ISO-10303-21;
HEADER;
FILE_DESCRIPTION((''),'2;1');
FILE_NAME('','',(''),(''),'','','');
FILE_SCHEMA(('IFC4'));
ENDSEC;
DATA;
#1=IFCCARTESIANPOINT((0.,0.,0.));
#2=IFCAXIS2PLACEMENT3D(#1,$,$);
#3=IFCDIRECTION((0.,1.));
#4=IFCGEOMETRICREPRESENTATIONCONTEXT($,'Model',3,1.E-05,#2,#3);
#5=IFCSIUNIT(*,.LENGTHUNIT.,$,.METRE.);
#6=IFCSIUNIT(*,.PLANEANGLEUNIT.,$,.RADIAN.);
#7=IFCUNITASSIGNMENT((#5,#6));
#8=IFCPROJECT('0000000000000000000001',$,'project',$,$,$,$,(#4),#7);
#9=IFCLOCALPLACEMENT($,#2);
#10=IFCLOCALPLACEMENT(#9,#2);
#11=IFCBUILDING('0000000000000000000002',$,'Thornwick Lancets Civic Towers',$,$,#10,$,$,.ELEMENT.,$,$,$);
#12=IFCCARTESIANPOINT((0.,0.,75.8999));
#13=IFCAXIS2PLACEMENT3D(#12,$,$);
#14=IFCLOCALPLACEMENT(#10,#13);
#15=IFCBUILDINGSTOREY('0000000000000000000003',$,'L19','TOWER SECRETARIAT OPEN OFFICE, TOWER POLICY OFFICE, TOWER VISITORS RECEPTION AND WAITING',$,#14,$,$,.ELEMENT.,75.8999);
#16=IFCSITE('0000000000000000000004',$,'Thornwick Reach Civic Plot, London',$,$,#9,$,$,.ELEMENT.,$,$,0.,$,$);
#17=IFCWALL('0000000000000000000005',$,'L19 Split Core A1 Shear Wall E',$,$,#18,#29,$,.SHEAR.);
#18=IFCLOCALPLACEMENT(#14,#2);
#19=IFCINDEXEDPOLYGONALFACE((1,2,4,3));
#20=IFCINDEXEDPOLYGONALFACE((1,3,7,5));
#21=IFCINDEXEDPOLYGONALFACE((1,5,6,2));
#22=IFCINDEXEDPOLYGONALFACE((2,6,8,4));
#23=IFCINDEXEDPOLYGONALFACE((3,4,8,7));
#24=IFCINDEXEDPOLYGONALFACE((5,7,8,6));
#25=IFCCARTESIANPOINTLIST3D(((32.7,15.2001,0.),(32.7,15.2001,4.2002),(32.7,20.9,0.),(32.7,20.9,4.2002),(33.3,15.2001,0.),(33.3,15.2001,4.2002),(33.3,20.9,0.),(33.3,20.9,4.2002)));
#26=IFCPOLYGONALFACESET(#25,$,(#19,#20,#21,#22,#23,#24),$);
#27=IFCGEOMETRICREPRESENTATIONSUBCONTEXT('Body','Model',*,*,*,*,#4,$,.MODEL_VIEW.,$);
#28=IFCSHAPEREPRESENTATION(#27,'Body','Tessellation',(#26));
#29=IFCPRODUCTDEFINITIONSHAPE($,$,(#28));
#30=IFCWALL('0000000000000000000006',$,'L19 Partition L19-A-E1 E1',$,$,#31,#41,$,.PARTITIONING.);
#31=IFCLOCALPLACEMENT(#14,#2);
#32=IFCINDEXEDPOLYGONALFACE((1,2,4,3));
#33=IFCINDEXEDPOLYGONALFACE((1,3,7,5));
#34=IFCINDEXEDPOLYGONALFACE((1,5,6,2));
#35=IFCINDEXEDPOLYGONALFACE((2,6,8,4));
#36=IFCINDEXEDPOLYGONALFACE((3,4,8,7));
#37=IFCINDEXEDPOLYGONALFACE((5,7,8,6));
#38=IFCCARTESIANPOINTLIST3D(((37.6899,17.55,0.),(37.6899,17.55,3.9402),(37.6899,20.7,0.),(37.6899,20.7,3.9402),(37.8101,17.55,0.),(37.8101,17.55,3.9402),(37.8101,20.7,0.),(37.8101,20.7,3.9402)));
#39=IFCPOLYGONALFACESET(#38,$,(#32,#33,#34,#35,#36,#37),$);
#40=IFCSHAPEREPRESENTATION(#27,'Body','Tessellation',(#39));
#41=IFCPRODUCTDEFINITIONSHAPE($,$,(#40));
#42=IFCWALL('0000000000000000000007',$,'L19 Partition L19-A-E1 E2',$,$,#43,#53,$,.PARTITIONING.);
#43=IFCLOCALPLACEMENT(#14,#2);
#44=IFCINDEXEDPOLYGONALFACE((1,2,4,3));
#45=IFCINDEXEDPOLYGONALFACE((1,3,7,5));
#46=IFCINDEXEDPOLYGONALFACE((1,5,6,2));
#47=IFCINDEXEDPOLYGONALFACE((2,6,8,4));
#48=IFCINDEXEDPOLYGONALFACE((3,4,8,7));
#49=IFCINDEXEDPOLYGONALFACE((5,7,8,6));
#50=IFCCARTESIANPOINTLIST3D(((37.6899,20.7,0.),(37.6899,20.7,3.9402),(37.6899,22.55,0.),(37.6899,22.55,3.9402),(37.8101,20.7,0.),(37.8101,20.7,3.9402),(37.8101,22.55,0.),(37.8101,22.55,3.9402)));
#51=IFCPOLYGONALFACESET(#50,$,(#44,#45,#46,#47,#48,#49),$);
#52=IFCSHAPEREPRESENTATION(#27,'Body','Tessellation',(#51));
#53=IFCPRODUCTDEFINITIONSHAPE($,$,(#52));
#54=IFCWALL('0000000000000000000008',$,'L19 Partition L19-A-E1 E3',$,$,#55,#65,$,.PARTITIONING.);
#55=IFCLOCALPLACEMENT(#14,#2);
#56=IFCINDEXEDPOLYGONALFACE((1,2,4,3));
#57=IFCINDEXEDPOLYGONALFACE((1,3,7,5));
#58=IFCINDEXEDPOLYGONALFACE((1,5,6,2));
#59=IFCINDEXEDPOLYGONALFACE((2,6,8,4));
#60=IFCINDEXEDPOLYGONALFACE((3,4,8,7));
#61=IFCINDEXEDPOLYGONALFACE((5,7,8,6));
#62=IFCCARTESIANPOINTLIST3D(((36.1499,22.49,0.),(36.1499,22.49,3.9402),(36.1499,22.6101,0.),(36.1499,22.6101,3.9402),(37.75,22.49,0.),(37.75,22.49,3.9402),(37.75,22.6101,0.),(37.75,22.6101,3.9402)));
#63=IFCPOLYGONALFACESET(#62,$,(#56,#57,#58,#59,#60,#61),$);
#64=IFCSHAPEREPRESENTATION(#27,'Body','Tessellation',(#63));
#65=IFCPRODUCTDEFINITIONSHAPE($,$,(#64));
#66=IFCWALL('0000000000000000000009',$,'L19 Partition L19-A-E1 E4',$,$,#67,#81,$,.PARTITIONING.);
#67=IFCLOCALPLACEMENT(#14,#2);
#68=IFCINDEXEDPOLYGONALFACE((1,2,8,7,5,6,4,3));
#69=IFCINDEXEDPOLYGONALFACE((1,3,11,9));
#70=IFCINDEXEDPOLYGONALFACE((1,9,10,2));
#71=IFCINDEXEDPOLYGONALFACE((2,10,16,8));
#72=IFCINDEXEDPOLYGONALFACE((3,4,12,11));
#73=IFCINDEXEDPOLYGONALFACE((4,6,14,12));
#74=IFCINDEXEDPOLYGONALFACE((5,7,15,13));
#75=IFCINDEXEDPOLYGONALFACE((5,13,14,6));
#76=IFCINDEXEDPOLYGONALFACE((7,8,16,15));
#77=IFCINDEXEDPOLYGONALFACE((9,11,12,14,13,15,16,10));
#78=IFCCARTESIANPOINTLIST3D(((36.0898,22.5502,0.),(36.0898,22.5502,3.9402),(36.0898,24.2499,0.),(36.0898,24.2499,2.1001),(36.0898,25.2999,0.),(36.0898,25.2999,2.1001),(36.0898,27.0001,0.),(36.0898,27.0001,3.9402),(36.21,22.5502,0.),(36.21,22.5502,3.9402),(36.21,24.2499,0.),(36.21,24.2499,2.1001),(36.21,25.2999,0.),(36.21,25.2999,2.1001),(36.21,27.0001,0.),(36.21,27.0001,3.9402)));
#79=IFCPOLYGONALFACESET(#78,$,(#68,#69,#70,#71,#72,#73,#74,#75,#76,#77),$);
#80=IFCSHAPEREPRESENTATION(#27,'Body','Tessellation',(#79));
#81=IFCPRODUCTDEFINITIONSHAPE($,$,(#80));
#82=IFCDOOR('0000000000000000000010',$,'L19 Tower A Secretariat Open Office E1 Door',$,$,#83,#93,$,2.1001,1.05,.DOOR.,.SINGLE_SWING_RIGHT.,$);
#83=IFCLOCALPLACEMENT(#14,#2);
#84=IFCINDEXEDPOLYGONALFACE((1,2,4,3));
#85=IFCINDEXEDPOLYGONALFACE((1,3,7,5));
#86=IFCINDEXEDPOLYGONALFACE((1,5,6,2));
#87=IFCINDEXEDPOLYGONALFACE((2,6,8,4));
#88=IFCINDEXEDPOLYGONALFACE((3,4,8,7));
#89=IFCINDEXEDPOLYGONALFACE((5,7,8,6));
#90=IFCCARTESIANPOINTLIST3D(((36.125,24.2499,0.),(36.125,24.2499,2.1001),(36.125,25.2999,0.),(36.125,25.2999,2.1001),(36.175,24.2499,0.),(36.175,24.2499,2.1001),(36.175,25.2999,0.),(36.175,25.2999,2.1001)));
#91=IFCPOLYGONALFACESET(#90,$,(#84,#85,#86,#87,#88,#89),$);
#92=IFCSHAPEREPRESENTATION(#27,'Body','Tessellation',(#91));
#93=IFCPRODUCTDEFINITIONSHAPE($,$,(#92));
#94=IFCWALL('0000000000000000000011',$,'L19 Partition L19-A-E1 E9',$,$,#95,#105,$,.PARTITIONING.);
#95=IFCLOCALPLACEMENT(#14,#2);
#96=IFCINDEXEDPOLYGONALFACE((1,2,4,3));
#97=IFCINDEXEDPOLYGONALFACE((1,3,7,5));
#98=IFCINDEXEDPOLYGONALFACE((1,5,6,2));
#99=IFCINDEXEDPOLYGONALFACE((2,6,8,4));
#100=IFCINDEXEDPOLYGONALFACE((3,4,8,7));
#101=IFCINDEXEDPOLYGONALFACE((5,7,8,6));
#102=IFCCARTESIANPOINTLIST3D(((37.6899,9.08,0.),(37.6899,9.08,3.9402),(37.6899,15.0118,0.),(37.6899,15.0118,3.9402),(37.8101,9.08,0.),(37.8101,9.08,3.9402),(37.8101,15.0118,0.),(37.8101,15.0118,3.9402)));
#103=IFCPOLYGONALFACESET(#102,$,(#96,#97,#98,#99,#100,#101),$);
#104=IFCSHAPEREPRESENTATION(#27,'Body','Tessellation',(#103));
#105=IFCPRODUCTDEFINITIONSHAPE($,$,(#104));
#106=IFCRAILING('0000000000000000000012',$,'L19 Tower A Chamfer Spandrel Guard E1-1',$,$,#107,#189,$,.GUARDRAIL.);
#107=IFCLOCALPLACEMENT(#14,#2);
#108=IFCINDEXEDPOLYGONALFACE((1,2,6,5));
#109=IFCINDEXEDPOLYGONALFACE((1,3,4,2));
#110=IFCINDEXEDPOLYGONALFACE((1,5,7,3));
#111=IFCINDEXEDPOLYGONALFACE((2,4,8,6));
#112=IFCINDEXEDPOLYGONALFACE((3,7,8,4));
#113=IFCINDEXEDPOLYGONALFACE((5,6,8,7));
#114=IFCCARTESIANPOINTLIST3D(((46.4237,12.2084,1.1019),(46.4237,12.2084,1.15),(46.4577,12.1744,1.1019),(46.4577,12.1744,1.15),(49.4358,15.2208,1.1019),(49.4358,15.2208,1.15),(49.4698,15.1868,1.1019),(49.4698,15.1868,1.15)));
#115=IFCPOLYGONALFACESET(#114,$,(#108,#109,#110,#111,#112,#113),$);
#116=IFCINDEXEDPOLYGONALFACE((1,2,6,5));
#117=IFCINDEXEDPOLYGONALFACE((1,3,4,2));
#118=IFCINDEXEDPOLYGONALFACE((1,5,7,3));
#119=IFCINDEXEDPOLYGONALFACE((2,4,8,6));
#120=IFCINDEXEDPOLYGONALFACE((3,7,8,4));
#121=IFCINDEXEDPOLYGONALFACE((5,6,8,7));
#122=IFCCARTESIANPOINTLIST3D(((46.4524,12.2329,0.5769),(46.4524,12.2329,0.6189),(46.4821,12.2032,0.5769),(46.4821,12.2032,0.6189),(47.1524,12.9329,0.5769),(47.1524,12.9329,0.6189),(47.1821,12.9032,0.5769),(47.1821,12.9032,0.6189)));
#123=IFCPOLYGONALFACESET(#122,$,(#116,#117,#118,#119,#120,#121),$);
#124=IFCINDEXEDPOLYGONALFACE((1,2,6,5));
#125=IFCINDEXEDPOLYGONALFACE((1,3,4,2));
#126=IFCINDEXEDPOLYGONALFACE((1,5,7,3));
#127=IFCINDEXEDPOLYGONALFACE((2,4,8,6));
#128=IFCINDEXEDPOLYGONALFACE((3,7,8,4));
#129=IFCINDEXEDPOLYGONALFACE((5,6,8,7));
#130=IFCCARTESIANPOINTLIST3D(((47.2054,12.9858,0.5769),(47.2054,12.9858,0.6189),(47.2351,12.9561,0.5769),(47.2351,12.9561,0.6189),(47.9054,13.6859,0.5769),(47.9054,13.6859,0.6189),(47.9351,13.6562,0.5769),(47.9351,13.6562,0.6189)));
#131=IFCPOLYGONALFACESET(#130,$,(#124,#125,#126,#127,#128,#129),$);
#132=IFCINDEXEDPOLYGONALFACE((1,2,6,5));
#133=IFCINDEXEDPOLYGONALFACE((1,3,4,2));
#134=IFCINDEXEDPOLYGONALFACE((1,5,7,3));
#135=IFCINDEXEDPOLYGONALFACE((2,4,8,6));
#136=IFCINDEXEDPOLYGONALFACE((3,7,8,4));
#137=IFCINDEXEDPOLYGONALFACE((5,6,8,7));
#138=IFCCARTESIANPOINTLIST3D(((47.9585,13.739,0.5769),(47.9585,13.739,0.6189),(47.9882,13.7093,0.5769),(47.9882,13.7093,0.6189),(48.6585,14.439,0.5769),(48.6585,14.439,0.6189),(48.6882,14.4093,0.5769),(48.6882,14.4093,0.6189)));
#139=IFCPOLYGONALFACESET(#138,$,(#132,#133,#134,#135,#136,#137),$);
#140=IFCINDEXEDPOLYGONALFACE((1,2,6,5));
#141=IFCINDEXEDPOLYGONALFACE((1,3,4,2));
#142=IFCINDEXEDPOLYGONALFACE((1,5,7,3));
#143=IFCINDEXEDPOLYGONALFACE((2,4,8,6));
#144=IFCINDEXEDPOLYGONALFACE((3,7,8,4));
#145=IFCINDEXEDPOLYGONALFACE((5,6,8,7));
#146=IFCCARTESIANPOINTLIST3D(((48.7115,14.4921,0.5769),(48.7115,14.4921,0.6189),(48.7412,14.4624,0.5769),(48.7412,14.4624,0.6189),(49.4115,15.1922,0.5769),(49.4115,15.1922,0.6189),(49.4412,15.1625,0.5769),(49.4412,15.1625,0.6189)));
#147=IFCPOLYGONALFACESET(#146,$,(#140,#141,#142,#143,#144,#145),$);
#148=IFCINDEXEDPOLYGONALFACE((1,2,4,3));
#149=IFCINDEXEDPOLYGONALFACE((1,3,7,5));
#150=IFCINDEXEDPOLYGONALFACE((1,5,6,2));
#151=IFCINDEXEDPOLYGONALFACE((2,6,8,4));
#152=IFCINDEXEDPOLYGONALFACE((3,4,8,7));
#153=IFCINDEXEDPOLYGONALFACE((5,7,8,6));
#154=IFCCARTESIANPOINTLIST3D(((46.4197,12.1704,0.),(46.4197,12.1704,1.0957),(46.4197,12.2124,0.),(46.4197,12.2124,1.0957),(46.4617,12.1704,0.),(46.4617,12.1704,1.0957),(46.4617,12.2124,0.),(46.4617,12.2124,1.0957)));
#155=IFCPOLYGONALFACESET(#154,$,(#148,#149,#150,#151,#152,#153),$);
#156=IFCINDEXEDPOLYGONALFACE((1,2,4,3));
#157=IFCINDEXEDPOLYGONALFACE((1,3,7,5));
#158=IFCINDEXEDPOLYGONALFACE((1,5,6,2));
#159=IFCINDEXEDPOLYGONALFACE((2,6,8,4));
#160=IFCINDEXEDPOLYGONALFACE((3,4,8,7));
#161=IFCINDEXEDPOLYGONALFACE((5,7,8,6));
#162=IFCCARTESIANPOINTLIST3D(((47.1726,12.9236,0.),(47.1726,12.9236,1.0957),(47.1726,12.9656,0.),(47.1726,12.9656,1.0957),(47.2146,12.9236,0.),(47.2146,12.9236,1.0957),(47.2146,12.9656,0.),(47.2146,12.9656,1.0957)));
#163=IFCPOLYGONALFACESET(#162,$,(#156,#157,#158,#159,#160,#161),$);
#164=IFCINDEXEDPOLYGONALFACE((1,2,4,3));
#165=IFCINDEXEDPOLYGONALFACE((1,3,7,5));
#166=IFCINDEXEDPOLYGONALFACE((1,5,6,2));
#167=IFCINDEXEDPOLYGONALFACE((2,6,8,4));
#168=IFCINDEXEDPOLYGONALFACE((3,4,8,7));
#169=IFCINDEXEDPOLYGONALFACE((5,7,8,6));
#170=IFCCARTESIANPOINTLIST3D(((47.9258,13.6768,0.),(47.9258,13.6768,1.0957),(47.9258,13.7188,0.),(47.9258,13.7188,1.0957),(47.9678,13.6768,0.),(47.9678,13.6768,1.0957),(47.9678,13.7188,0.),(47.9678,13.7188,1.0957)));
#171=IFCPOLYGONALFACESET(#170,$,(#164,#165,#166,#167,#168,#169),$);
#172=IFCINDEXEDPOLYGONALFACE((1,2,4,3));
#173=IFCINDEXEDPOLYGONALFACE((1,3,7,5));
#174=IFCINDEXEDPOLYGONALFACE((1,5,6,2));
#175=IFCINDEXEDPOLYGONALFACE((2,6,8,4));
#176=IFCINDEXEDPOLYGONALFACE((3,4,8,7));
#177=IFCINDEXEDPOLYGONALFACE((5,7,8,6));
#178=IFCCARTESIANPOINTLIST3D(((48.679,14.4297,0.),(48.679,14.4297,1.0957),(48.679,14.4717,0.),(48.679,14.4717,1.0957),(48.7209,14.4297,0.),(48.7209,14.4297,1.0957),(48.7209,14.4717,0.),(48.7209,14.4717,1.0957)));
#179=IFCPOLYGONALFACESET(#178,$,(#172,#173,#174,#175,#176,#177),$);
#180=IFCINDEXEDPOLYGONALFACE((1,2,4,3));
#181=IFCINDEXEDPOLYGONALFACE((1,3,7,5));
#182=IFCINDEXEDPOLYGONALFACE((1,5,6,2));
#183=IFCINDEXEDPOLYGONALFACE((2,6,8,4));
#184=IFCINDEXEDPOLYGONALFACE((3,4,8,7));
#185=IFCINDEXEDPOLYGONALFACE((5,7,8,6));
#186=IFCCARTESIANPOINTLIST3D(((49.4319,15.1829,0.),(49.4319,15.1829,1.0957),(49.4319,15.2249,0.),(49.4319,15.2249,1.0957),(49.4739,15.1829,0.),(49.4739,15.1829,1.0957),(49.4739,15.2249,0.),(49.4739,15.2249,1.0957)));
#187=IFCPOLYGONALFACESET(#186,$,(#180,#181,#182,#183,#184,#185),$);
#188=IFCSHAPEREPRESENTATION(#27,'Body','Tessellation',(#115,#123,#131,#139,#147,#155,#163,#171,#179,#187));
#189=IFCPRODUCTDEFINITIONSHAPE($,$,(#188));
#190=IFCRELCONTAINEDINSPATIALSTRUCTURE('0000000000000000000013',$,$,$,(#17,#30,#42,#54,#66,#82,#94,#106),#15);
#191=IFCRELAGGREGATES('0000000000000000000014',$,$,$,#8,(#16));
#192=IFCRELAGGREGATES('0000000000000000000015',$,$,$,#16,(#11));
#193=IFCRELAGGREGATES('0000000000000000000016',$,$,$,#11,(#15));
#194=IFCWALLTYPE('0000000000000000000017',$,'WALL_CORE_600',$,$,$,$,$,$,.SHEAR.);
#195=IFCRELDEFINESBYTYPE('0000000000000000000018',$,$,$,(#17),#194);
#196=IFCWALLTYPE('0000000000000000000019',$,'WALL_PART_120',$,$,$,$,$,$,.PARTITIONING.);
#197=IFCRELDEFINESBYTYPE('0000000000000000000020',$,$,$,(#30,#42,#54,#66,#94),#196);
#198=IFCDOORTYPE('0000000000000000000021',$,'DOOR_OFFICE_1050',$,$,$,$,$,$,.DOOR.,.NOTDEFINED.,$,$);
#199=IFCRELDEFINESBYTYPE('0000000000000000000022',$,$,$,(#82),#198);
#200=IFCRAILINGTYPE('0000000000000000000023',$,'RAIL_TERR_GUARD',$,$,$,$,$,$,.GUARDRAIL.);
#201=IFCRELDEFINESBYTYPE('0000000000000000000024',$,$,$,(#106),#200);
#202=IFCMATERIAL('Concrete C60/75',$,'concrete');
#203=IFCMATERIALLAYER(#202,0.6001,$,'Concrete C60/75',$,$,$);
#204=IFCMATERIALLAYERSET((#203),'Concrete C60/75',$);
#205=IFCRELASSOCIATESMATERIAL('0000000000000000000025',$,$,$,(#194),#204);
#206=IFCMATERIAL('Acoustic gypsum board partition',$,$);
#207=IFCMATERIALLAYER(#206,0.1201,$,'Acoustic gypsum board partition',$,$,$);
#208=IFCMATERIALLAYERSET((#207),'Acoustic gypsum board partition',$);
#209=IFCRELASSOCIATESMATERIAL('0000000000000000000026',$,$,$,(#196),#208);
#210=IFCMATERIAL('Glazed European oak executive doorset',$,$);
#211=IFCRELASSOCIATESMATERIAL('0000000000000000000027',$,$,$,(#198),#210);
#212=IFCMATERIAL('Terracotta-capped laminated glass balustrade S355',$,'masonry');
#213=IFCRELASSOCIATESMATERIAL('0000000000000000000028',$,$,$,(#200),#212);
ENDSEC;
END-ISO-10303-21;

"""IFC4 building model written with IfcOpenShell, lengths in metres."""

from ifc_helpers import new_model, si_unit, direction, frame, frame_2d, origin, origin_2d, place, context, subcontext, project, spatial, rectangle, extrude, material, layer, layer_set, type_object, element, fill, save


model = new_model("IFC4")

# Units and contexts
model_context = context("Model", 3, precision=1e-05, world=origin(), true_north=direction((0.0, 1.0)))
body_context = subcontext(model_context, "Body", "Model", "MODEL_VIEW")
ifc_project = project(units=[si_unit("LENGTHUNIT", "METRE"), si_unit("PLANEANGLEUNIT", "RADIAN")], contexts=[model_context])

# Site, building, storey
site_placement = place(None, origin())
site = spatial("IfcSite", under=ifc_project, at=site_placement, Name="Thornwick Reach Civic Plot, London", CompositionType="ELEMENT", RefElevation=0.0)
building_placement = place(site_placement, origin())
building = spatial("IfcBuilding", under=site, at=building_placement, Name="Thornwick Lancets Civic Towers", CompositionType="ELEMENT")
storey_placement = place(building_placement, frame((0.0, 0.0, 75.8999)))
storey = spatial("IfcBuildingStorey", under=building, at=storey_placement, Name="L19", Description="TOWER SECRETARIAT OPEN OFFICE, TOWER POLICY OFFICE, TOWER VISITORS RECEPTION AND WAITING", CompositionType="ELEMENT", Elevation=75.8999)

# Shared definitions
ifc_material_1 = material(Name="Concrete C60/75", Category="concrete")

# Walls
ifc_layer_1 = layer(ifc_material_1, 0.6001, Name="Concrete C60/75")
ifc_layer_set_1 = layer_set([ifc_layer_1], Name="Concrete C60/75")
wall_type_1 = type_object("IfcWallType", Name="WALL_CORE_600", PredefinedType="SHEAR", material=ifc_layer_set_1)
wall_1_placement = place(storey_placement, frame((33.0, 15.2, 0.0), z_axis=(0.0, 0.0, 1.0), x_axis=(0.0, 1.0, 0.0)))
element("IfcWall", 1, at=wall_1_placement, inside=storey, type_object=wall_type_1, Name="L19 Split Core A1 Shear Wall E", PredefinedType="SHEAR", context=body_context, shape_type="SweptSolid", body=[
    extrude(rectangle(XDim=5.7, YDim=0.6001, at=frame_2d((2.8501, 0.0))), origin(), (0.0, 0.0, 1.0), 4.2002),
])
ifc_material_2 = material(Name="Acoustic gypsum board partition")
ifc_layer_2 = layer(ifc_material_2, 0.1201, Name="Acoustic gypsum board partition")
ifc_layer_set_2 = layer_set([ifc_layer_2], Name="Acoustic gypsum board partition")
wall_type_2 = type_object("IfcWallType", Name="WALL_PART_120", PredefinedType="PARTITIONING", material=ifc_layer_set_2)
wall_2_placement = place(storey_placement, frame((37.75, 17.55, 0.0), z_axis=(0.0, 0.0, 1.0), x_axis=(0.0, 1.0, 0.0)))
element("IfcWall", 2, at=wall_2_placement, inside=storey, type_object=wall_type_2, Name="L19 Partition L19-A-E1 E1", PredefinedType="PARTITIONING", context=body_context, shape_type="SweptSolid", body=[
    extrude(rectangle(XDim=3.1499, YDim=0.1201, at=frame_2d((1.575, 0.0))), origin(), (0.0, 0.0, 1.0), 3.9402),
])
wall_3_placement = place(storey_placement, frame((37.75, 20.7, 0.0), z_axis=(0.0, 0.0, 1.0), x_axis=(0.0, 1.0, 0.0)))
element("IfcWall", 3, at=wall_3_placement, inside=storey, type_object=wall_type_2, Name="L19 Partition L19-A-E1 E2", PredefinedType="PARTITIONING", context=body_context, shape_type="SweptSolid", body=[
    extrude(rectangle(XDim=1.8501, YDim=0.1201, at=frame_2d((0.925, 0.0))), origin(), (0.0, 0.0, 1.0), 3.9402),
])
wall_4_placement = place(storey_placement, frame((37.75, 22.55, 0.0), z_axis=(0.0, 0.0, 1.0), x_axis=(-1.0, 0.0, 0.0)))
element("IfcWall", 4, at=wall_4_placement, inside=storey, type_object=wall_type_2, Name="L19 Partition L19-A-E1 E3", PredefinedType="PARTITIONING", context=body_context, shape_type="SweptSolid", body=[
    extrude(rectangle(XDim=1.6001, YDim=0.1201, at=frame_2d((0.8, 0.0))), origin(), (0.0, 0.0, 1.0), 3.9402),
])

# Wall, opening, door
wall_5_placement = place(storey_placement, frame((36.1499, 22.55, 0.0), z_axis=(0.0, 0.0, 1.0), x_axis=(0.0, 1.0, 0.0)))
wall_5 = element("IfcWall", 5, at=wall_5_placement, inside=storey, type_object=wall_type_2, Name="L19 Partition L19-A-E1 E4", PredefinedType="PARTITIONING", context=body_context, shape_type="SweptSolid", body=[
    extrude(rectangle(XDim=4.45, YDim=0.1201, at=frame_2d((2.2251, 0.0))), origin(), (0.0, 0.0, 1.0), 3.9402),
])
opening_1_placement = place(wall_5_placement, frame((1.7, 0.0, 0.0)))
opening_1 = element("IfcOpeningElement", 6, at=opening_1_placement, cuts=wall_5, PredefinedType="OPENING", context=body_context, shape_type="SweptSolid", body=[
    extrude(rectangle(XDim=1.05, YDim=2.1001, at=frame_2d((0.5249, 1.05))), frame((0.0, 0.0701, 0.0), z_axis=(0.0, -1.0, 0.0), x_axis=(1.0, 0.0, 0.0)), (0.0, 0.0, 1.0), 0.1401),
])
ifc_material_3 = material(Name="Glazed European oak executive doorset")
door_type_1 = type_object("IfcDoorType", Name="DOOR_OFFICE_1050", OperationType="NOTDEFINED", PredefinedType="DOOR", material=ifc_material_3)
door_1_placement = place(opening_1_placement, origin())
door_1 = element("IfcDoor", 7, at=door_1_placement, inside=storey, type_object=door_type_1, Name="L19 Tower A Secretariat Open Office E1 Door", OperationType="SINGLE_SWING_RIGHT", OverallHeight=2.1001, OverallWidth=1.05, PredefinedType="DOOR", context=body_context, shape_type="SweptSolid", body=[
    extrude(rectangle(XDim=1.05, YDim=2.1001, at=frame_2d((0.5249, 1.05))), frame((0.0, 0.0249, 0.0), z_axis=(0.0, -1.0, 0.0), x_axis=(1.0, 0.0, 0.0)), (0.0, 0.0, 1.0), 0.05),
])
fill(opening_1, door_1)

# Wall
wall_6_placement = place(storey_placement, frame((37.75, 9.0801, 0.0), z_axis=(0.0, 0.0, 1.0), x_axis=(0.0, 1.0, 0.0)))
element("IfcWall", 8, at=wall_6_placement, inside=storey, type_object=wall_type_2, Name="L19 Partition L19-A-E1 E9", PredefinedType="PARTITIONING", context=body_context, shape_type="SweptSolid", body=[
    extrude(rectangle(XDim=5.9319, YDim=0.1201, at=frame_2d((2.9658, 0.0))), origin(), (0.0, 0.0, 1.0), 3.9402),
])

# Railing
ifc_material_4 = material(Name="Terracotta-capped laminated glass balustrade S355", Category="masonry")
railing_type = type_object("IfcRailingType", Name="RAIL_TERR_GUARD", PredefinedType="GUARDRAIL", material=ifc_material_4)
railing_placement = place(storey_placement, frame((46.4407, 12.1914, 0.0)))
element("IfcRailing", 9, at=railing_placement, inside=storey, type_object=railing_type, Name="L19 Tower A Chamfer Spandrel Guard E1-1", PredefinedType="GUARDRAIL", context=body_context, shape_type="SweptSolid", body=[
    extrude(rectangle(XDim=0.0481, YDim=0.0481, at=origin_2d()), frame((0.0, 0.0, 1.126), z_axis=(0.707078, 0.707135, 0.0), x_axis=(-0.707135, 0.707078, 0.0)), (0.0, 0.0, 1.0), 4.26),
    extrude(rectangle(XDim=0.042, YDim=0.042, at=origin_2d()), frame((0.0266, 0.0266, 0.5979), z_axis=(0.707078, 0.707135, 0.0), x_axis=(-0.707135, 0.707078, 0.0)), (0.0, 0.0, 1.0), 0.99),
    extrude(rectangle(XDim=0.042, YDim=0.042, at=origin_2d()), frame((0.7795, 0.7795, 0.5979), z_axis=(0.707078, 0.707135, 0.0), x_axis=(-0.707135, 0.707078, 0.0)), (0.0, 0.0, 1.0), 0.99),
    extrude(rectangle(XDim=0.042, YDim=0.042, at=origin_2d()), frame((1.5327, 1.5327, 0.5979), z_axis=(0.707078, 0.707135, 0.0), x_axis=(-0.707135, 0.707078, 0.0)), (0.0, 0.0, 1.0), 0.99),
    extrude(rectangle(XDim=0.042, YDim=0.042, at=origin_2d()), frame((2.2856, 2.2859, 0.5979), z_axis=(0.707078, 0.707135, 0.0), x_axis=(-0.707135, 0.707078, 0.0)), (0.0, 0.0, 1.0), 0.99),
    extrude(rectangle(XDim=0.042, YDim=0.042, at=origin_2d()), origin(), (0.0, 0.0, 1.0), 1.0957),
    extrude(rectangle(XDim=0.042, YDim=0.042, at=origin_2d()), frame((0.7529, 0.7532, 0.0)), (0.0, 0.0, 1.0), 1.0957),
    extrude(rectangle(XDim=0.042, YDim=0.042, at=origin_2d()), frame((1.5061, 1.5063, 0.0)), (0.0, 0.0, 1.0), 1.0957),
    extrude(rectangle(XDim=0.042, YDim=0.042, at=origin_2d()), frame((2.2593, 2.2593, 0.0)), (0.0, 0.0, 1.0), 1.0957),
    extrude(rectangle(XDim=0.042, YDim=0.042, at=origin_2d()), frame((3.0122, 3.0125, 0.0)), (0.0, 0.0, 1.0), 1.0957),
])

save(model, "model.ifc")
